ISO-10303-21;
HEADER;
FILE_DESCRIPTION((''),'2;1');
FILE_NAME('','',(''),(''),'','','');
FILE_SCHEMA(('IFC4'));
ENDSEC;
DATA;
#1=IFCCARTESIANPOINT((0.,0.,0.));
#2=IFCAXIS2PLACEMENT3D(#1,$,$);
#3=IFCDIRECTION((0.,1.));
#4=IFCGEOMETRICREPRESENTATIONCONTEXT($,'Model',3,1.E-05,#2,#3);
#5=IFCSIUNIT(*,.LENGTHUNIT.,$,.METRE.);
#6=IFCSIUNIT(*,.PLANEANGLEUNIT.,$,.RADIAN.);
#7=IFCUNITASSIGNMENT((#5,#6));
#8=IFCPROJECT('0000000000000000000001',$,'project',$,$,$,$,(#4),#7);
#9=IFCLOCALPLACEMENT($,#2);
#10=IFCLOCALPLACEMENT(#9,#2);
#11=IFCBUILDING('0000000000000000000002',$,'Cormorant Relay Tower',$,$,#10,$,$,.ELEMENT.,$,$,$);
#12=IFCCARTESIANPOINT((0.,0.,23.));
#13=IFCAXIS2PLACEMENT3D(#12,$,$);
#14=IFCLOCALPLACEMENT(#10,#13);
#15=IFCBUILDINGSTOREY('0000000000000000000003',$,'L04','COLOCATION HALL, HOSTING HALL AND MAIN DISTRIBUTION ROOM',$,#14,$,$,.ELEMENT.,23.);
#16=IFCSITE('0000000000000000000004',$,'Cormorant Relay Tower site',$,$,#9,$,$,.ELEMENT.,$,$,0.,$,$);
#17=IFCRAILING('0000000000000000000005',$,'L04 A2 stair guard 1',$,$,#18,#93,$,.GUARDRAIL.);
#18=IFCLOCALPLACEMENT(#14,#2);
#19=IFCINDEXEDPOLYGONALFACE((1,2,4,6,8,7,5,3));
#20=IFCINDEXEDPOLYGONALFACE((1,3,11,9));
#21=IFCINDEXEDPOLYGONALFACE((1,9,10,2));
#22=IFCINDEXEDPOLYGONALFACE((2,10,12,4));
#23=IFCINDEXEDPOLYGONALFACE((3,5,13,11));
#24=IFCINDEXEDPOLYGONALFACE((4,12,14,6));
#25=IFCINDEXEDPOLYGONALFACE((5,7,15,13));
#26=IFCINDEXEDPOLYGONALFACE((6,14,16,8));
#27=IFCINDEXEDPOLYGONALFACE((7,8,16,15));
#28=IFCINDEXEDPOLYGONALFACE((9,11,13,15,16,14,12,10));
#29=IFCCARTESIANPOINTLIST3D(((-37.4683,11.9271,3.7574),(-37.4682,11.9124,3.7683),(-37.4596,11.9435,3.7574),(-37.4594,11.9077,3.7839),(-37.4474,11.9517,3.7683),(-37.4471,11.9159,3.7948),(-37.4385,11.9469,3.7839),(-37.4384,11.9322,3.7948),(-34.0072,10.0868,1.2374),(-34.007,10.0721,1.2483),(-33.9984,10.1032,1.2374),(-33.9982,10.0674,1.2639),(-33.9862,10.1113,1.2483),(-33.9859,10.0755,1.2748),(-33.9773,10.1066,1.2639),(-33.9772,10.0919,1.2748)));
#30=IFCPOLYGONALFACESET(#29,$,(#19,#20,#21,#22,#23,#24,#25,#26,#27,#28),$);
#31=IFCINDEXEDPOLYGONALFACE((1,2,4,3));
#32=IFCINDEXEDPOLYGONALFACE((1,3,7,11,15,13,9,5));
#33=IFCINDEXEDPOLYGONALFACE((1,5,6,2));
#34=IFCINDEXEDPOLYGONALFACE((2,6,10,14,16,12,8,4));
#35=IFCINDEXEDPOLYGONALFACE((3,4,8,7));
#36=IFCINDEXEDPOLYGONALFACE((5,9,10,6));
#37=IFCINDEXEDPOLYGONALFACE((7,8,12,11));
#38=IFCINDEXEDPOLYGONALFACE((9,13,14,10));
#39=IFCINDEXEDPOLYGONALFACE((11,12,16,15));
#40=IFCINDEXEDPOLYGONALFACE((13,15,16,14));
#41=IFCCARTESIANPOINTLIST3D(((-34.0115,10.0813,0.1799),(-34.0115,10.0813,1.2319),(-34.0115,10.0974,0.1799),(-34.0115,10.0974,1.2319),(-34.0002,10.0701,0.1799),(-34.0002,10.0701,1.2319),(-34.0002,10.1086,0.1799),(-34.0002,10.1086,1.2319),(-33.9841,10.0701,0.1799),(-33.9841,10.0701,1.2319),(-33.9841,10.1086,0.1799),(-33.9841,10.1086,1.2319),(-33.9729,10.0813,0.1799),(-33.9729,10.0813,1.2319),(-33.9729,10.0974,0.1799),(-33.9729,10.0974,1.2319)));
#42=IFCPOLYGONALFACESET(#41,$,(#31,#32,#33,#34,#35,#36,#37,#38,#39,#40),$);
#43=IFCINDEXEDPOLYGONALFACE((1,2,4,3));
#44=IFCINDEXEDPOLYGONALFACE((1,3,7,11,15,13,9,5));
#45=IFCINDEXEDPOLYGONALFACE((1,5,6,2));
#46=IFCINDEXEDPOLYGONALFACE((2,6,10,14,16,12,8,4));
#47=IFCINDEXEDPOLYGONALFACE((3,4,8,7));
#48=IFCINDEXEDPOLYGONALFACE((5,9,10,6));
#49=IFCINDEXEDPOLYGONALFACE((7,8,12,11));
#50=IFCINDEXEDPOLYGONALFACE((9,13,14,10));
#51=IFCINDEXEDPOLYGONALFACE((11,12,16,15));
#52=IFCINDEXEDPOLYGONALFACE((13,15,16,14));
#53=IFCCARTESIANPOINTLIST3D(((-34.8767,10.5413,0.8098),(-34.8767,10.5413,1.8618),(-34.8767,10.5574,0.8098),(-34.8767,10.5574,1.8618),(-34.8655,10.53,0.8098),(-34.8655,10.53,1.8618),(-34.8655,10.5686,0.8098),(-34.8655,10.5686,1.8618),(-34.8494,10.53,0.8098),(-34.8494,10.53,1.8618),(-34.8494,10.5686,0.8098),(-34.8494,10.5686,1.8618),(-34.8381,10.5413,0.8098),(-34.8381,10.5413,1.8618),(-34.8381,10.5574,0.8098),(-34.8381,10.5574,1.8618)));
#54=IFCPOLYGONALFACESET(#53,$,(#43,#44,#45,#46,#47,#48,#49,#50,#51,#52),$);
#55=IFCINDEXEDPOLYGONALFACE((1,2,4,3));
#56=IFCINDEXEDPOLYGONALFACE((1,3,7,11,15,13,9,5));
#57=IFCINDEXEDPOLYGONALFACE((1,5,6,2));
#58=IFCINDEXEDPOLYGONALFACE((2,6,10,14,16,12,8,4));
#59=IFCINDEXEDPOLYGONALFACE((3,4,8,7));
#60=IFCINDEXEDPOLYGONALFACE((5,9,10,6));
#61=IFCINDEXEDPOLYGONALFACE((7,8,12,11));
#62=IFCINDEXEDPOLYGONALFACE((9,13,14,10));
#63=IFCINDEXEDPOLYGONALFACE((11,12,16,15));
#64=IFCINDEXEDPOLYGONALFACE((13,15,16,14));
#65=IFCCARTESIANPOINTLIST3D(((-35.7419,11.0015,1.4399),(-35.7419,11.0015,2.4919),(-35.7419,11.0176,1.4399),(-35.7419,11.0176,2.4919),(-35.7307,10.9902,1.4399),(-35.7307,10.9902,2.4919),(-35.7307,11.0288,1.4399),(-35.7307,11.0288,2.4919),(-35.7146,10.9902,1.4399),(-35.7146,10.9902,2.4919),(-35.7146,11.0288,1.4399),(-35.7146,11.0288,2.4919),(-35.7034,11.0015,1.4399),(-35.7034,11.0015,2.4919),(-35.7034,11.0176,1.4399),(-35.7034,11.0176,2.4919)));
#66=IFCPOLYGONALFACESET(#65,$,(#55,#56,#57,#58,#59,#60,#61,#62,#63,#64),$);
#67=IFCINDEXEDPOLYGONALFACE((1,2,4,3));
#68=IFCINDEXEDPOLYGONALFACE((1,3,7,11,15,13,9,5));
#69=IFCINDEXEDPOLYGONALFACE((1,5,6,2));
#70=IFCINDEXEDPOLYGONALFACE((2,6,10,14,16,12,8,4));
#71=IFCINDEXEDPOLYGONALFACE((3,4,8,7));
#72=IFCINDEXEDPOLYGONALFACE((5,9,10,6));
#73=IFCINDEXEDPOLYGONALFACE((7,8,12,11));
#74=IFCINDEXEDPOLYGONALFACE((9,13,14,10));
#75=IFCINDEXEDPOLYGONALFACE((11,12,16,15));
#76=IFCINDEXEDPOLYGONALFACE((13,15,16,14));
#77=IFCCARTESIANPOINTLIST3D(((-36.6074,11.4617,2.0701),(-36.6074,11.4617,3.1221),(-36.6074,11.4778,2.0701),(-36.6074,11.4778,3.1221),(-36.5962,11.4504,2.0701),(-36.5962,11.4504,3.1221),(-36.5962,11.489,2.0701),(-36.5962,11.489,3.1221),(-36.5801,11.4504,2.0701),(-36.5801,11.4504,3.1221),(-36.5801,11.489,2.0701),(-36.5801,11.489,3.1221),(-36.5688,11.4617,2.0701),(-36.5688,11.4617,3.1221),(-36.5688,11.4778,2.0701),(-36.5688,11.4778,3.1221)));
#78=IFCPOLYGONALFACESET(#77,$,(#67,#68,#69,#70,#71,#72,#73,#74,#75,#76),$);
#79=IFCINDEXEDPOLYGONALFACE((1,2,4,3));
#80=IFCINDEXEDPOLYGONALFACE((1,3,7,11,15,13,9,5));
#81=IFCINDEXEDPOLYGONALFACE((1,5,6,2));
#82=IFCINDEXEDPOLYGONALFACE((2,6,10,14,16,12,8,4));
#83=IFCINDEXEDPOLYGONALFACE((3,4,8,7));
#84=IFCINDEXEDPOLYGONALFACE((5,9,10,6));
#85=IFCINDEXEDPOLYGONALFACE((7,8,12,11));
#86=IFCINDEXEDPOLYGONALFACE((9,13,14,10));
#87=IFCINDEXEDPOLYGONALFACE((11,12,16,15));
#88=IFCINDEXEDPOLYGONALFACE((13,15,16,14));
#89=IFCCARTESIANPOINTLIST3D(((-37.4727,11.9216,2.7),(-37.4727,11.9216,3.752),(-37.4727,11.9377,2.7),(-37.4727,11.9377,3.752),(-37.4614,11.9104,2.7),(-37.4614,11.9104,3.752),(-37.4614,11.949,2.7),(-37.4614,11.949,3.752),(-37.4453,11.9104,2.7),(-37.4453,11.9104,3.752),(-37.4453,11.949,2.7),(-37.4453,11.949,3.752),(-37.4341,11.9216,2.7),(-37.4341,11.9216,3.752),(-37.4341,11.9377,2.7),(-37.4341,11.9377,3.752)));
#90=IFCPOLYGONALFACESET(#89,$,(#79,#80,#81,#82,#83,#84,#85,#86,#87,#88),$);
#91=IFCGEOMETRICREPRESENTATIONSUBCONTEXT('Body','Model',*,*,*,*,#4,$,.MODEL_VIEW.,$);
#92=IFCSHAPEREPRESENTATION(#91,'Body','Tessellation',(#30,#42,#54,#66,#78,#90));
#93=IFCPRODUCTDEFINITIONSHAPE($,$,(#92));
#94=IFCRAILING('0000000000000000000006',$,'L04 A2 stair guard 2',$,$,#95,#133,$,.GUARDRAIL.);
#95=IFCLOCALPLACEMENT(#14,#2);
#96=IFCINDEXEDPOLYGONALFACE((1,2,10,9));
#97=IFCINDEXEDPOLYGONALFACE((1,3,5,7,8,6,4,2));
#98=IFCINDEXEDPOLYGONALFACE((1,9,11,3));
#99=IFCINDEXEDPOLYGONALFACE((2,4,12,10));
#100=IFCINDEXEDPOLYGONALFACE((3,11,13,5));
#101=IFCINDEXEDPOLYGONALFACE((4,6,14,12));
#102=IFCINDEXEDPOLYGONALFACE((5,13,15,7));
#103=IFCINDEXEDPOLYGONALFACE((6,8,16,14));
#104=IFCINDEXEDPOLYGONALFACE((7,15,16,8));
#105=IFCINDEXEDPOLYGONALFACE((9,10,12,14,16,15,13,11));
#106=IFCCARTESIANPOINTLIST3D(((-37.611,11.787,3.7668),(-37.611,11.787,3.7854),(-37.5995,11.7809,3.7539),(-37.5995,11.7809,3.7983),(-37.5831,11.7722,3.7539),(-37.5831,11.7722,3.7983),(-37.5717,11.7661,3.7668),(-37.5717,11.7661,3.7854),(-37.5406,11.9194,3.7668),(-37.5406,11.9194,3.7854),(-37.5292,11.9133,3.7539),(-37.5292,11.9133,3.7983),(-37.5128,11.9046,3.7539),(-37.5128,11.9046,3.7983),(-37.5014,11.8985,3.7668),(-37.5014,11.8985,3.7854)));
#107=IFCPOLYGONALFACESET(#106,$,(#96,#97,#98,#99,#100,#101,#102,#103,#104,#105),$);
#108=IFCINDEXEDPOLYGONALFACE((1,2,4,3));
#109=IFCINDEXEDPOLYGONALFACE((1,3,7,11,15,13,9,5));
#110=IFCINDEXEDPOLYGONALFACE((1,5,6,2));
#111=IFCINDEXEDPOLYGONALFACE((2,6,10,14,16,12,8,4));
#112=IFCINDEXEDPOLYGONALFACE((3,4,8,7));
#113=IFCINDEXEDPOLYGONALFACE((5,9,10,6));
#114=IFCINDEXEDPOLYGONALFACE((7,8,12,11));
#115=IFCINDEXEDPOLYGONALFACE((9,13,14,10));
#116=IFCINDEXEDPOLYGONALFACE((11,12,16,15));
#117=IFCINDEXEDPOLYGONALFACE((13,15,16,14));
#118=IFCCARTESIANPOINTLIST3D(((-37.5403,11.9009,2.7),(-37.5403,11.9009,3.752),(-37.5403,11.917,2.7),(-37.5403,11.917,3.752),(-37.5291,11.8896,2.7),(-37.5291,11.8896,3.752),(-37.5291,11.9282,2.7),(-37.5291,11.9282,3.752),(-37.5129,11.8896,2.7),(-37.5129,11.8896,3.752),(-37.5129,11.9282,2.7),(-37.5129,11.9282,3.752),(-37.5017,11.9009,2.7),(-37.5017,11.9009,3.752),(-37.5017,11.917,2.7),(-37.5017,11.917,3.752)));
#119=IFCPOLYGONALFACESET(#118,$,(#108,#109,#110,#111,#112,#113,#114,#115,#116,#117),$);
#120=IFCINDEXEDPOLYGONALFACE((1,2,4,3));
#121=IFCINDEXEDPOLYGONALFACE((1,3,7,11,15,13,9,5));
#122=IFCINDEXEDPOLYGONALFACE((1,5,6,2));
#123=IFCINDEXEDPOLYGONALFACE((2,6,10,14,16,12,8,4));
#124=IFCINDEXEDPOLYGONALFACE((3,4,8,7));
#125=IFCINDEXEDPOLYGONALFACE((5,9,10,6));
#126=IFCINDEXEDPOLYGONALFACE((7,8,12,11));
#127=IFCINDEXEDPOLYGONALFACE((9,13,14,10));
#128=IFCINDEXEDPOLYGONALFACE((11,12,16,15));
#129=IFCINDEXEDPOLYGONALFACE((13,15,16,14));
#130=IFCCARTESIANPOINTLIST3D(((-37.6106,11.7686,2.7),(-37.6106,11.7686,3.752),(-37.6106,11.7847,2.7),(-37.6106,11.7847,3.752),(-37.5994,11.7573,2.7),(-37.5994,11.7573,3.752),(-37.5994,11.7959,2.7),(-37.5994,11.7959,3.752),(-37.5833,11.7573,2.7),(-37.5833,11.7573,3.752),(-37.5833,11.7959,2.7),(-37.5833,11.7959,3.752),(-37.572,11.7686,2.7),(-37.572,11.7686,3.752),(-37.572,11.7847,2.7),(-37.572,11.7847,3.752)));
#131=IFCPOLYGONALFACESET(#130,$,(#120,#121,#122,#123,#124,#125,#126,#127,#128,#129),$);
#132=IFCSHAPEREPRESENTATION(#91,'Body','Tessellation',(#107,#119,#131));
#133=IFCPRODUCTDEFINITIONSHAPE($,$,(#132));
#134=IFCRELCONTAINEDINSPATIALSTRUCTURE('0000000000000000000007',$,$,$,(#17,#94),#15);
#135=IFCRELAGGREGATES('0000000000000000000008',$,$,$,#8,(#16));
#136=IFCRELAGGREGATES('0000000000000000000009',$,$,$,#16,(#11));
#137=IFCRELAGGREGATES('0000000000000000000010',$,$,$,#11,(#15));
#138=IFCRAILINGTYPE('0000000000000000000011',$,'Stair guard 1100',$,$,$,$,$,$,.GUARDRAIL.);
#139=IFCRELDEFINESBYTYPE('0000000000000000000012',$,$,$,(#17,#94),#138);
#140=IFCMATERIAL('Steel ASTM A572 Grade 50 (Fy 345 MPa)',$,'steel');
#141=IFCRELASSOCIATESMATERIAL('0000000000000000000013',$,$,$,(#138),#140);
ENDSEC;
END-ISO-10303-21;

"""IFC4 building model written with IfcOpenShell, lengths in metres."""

from ifc_helpers import new_model, si_unit, direction, frame, origin, place, context, subcontext, project, spatial, polyline, outline, extrude, material, type_object, element, save


model = new_model("IFC4")

# Units and contexts
model_context = context("Model", 3, precision=1e-05, world=origin(), true_north=direction((0.0, 1.0)))
body_context = subcontext(model_context, "Body", "Model", "MODEL_VIEW")
ifc_project = project(units=[si_unit("LENGTHUNIT", "METRE"), si_unit("PLANEANGLEUNIT", "RADIAN")], contexts=[model_context])

# Site, building, storey
site_placement = place(None, origin())
site = spatial("IfcSite", under=ifc_project, at=site_placement, Name="Cormorant Relay Tower site", CompositionType="ELEMENT", RefElevation=0.0)
building_placement = place(site_placement, origin())
building = spatial("IfcBuilding", under=site, at=building_placement, Name="Cormorant Relay Tower", CompositionType="ELEMENT")
storey_placement = place(building_placement, frame((0.0, 0.0, 23.0)))
storey = spatial("IfcBuildingStorey", under=building, at=storey_placement, Name="L04", Description="COLOCATION HALL, HOSTING HALL AND MAIN DISTRIBUTION ROOM", CompositionType="ELEMENT", Elevation=23.0)

# Railings
ifc_material_1 = material(Name="Steel ASTM A572 Grade 50 (Fy 345 MPa)", Category="steel")
railing_type_1 = type_object("IfcRailingType", Name="Stair guard 1100", PredefinedType="GUARDRAIL", material=ifc_material_1)
railing_1_placement = place(storey_placement, frame((-33.9922, 10.0894, 0.1799)))
element("IfcRailing", 1, at=railing_1_placement, inside=storey, type_object=railing_type_1, Name="L04 A2 stair guard 1", PredefinedType="GUARDRAIL", context=body_context, shape_type="SweptSolid", body=[
    extrude(outline(polyline([(0.0222, 0.0093), (0.0093, 0.0222), (-0.0093, 0.0222), (-0.0222, 0.0093), (-0.0222, -0.0093), (-0.0093, -0.0222), (0.0093, -0.0222), (0.0222, -0.0093), (0.0222, 0.0093)])), frame((0.0, 0.0, 1.0762), z_axis=(-0.742717, 0.394907, 0.540758), x_axis=(-0.469469, -0.882949, 0.0)), (0.0, 0.0, 1.0), 4.6602),
    extrude(outline(polyline([(0.0193, 0.0081), (0.0081, 0.0193), (-0.0081, 0.0193), (-0.0193, 0.0081), (-0.0193, -0.0081), (-0.0081, -0.0193), (0.0081, -0.0193), (0.0193, -0.0081), (0.0193, 0.0081)])), origin(), (0.0, 0.0, 1.0), 1.052),
    extrude(outline(polyline([(0.0193, 0.0081), (0.0081, 0.0193), (-0.0081, 0.0193), (-0.0193, 0.0081), (-0.0193, -0.0081), (-0.0081, -0.0193), (0.0081, -0.0193), (0.0193, -0.0081), (0.0193, 0.0081)])), frame((-0.8652, 0.46, 0.6299)), (0.0, 0.0, 1.0), 1.052),
    extrude(outline(polyline([(0.0193, 0.0081), (0.0081, 0.0193), (-0.0081, 0.0193), (-0.0193, 0.0081), (-0.0193, -0.0081), (-0.0081, -0.0193), (0.0081, -0.0193), (0.0193, -0.0081), (0.0193, 0.0081)])), frame((-1.7305, 0.9202, 1.26)), (0.0, 0.0, 1.0), 1.052),
    extrude(outline(polyline([(0.0193, 0.0081), (0.0081, 0.0193), (-0.0081, 0.0193), (-0.0193, 0.0081), (-0.0193, -0.0081), (-0.0081, -0.0193), (0.0081, -0.0193), (0.0193, -0.0081), (0.0193, 0.0081)])), frame((-2.5959, 1.3804, 1.8901)), (0.0, 0.0, 1.0), 1.052),
    extrude(outline(polyline([(0.0193, 0.0081), (0.0081, 0.0193), (-0.0081, 0.0193), (-0.0193, 0.0081), (-0.0193, -0.0081), (-0.0081, -0.0193), (0.0081, -0.0193), (0.0193, -0.0081), (0.0193, 0.0081)])), frame((-3.4612, 1.8403, 2.52)), (0.0, 0.0, 1.0), 1.052),
])
railing_2_placement = place(storey_placement, frame((-37.521, 11.9089, 2.7)))
element("IfcRailing", 2, at=railing_2_placement, inside=storey, type_object=railing_type_1, Name="L04 A2 stair guard 2", PredefinedType="GUARDRAIL", context=body_context, shape_type="SweptSolid", body=[
    extrude(outline(polyline([(0.0222, 0.0093), (0.0093, 0.0222), (-0.0093, 0.0222), (-0.0222, 0.0093), (-0.0222, -0.0093), (-0.0093, -0.0222), (0.0093, -0.0222), (0.0222, -0.0093), (0.0222, 0.0093)])), frame((0.0, 0.0, 1.0762), z_axis=(-0.469235, -0.883074, 0.0), x_axis=(0.883074, -0.469235, 0.0)), (0.0, 0.0, 1.0), 0.1499),
    extrude(outline(polyline([(0.0193, 0.0081), (0.0081, 0.0193), (-0.0081, 0.0193), (-0.0193, 0.0081), (-0.0193, -0.0081), (-0.0081, -0.0193), (0.0081, -0.0193), (0.0193, -0.0081), (0.0193, 0.0081)])), origin(), (0.0, 0.0, 1.0), 1.052),
    extrude(outline(polyline([(0.0193, 0.0081), (0.0081, 0.0193), (-0.0081, 0.0193), (-0.0193, 0.0081), (-0.0193, -0.0081), (-0.0081, -0.0193), (0.0081, -0.0193), (0.0193, -0.0081), (0.0193, 0.0081)])), frame((-0.0703, -0.1323, 0.0)), (0.0, 0.0, 1.0), 1.052),
])

save(model, "model.ifc")
